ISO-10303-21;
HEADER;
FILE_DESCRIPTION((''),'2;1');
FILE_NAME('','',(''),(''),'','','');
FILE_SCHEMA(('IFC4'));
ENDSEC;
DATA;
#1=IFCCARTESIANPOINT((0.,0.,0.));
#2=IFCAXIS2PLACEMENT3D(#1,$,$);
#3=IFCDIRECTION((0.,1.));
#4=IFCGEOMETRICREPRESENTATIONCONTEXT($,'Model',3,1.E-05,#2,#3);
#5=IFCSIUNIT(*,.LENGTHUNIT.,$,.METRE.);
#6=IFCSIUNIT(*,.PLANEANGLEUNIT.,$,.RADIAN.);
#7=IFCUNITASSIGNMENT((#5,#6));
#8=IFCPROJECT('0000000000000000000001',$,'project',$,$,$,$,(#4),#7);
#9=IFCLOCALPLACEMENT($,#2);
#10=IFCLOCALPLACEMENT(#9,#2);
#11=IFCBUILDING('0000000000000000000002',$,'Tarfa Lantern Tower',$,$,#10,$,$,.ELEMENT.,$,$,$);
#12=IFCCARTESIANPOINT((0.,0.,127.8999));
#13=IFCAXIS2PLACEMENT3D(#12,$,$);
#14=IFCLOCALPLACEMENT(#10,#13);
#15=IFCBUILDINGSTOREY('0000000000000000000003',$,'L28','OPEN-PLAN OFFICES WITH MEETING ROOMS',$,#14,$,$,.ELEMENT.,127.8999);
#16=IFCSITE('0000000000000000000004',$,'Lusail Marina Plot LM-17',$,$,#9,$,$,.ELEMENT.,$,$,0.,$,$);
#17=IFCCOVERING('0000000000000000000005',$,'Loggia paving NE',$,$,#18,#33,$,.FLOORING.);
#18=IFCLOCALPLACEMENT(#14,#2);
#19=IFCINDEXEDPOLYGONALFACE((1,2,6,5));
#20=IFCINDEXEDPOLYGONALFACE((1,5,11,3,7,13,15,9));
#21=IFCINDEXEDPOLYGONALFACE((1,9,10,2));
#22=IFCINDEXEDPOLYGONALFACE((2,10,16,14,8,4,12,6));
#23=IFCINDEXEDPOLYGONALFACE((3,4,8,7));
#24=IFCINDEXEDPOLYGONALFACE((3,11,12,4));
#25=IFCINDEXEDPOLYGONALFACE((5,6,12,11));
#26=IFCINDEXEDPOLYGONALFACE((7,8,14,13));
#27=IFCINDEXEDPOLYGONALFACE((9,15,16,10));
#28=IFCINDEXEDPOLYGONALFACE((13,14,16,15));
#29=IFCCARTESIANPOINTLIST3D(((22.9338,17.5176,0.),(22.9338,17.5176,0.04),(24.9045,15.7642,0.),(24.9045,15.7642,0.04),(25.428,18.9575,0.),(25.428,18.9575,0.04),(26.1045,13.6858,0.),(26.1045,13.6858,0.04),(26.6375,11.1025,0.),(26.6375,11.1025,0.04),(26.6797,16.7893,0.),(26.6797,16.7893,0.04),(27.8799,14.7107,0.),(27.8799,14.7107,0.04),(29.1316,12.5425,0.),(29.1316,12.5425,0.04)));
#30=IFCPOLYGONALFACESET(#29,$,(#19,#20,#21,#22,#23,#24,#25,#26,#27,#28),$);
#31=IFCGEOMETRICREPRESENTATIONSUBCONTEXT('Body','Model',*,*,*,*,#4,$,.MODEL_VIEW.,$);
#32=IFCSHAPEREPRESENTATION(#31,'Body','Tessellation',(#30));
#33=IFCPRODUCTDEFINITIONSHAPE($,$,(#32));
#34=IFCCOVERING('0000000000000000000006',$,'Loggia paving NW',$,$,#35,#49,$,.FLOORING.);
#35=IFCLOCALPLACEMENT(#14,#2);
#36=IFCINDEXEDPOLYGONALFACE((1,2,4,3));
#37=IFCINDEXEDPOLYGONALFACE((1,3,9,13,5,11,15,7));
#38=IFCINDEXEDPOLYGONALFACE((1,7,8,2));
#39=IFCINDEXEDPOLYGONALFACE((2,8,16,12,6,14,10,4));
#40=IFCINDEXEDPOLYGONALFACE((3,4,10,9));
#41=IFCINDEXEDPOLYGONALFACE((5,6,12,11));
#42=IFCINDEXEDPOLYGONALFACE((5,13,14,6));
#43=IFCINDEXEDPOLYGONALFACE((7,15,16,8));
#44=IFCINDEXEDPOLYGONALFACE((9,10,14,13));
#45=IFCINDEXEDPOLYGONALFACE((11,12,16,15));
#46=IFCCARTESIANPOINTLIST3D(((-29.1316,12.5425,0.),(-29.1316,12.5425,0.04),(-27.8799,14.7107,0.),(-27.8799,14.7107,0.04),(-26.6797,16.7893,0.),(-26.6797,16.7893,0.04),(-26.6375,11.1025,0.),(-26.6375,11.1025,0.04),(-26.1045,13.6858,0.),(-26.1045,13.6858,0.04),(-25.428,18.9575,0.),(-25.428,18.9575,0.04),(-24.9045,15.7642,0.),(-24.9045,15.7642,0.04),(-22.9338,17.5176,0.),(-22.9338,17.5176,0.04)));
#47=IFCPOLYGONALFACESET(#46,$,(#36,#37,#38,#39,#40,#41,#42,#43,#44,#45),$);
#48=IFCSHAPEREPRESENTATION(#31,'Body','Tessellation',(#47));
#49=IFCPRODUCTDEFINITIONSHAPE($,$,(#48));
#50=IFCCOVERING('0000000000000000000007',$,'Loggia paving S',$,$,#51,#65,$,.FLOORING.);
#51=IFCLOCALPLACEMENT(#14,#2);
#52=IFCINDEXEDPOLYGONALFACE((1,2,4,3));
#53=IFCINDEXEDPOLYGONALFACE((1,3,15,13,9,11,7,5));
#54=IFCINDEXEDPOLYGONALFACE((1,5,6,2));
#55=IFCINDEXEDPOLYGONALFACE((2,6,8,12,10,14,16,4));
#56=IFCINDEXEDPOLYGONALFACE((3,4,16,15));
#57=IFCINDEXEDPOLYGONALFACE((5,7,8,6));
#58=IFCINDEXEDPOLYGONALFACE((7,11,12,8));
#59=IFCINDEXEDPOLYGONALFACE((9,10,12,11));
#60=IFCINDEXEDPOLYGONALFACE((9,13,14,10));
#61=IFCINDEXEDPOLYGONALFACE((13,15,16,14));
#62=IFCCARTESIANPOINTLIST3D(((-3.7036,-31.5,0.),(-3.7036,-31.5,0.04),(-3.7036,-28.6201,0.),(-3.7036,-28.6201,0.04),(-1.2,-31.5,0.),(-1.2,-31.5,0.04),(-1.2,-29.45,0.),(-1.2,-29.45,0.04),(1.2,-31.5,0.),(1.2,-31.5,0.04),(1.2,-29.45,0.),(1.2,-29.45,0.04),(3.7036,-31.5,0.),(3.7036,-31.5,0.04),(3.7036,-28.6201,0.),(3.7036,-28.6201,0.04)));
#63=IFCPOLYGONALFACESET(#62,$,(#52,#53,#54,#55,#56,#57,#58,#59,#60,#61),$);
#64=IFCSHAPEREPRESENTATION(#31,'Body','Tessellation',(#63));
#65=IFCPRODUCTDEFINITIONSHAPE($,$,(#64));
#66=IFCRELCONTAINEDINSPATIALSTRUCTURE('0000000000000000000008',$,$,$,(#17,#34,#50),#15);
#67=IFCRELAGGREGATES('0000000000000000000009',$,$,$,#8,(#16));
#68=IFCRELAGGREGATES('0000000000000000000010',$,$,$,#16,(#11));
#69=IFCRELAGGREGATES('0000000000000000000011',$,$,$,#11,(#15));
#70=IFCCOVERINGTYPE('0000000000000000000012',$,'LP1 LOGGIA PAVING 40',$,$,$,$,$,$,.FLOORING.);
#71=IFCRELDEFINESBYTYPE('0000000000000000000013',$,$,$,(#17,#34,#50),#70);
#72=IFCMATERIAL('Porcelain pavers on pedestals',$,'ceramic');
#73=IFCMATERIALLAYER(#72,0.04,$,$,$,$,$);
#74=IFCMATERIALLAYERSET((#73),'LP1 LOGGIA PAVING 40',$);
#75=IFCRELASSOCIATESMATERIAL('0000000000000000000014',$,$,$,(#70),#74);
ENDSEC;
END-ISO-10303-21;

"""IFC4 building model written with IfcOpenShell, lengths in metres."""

from ifc_helpers import new_model, si_unit, direction, frame, origin, place, context, subcontext, project, spatial, polyline, outline, extrude, material, layer, layer_set, type_object, element, save


model = new_model("IFC4")

# Units and contexts
model_context = context("Model", 3, precision=1e-05, world=origin(), true_north=direction((0.0, 1.0)))
body_context = subcontext(model_context, "Body", "Model", "MODEL_VIEW")
ifc_project = project(units=[si_unit("LENGTHUNIT", "METRE"), si_unit("PLANEANGLEUNIT", "RADIAN")], contexts=[model_context])

# Site, building, storey
site_placement = place(None, origin())
site = spatial("IfcSite", under=ifc_project, at=site_placement, Name="Lusail Marina Plot LM-17", CompositionType="ELEMENT", RefElevation=0.0)
building_placement = place(site_placement, origin())
building = spatial("IfcBuilding", under=site, at=building_placement, Name="Tarfa Lantern Tower", CompositionType="ELEMENT")
storey_placement = place(building_placement, frame((0.0, 0.0, 127.8999)))
storey = spatial("IfcBuildingStorey", under=building, at=storey_placement, Name="L28", Description="OPEN-PLAN OFFICES WITH MEETING ROOMS", CompositionType="ELEMENT", Elevation=127.8999)

# Coverings
ifc_material_1 = material(Name="Porcelain pavers on pedestals", Category="ceramic")
ifc_layer_1 = layer(ifc_material_1, 0.04)
ifc_layer_set_1 = layer_set([ifc_layer_1], Name="LP1 LOGGIA PAVING 40")
covering_type = type_object("IfcCoveringType", Name="LP1 LOGGIA PAVING 40", PredefinedType="FLOORING", material=ifc_layer_set_1)
covering_1_placement = place(storey_placement, origin())
element("IfcCovering", 1, at=covering_1_placement, inside=storey, type_object=covering_type, Name="Loggia paving NE", PredefinedType="FLOORING", context=body_context, shape_type="SweptSolid", body=[
    extrude(outline(polyline([(29.1316, 12.5425), (26.6375, 11.1025), (22.9338, 17.5176), (25.428, 18.9575), (26.6797, 16.7893), (24.9045, 15.7642), (26.1045, 13.6858), (27.8799, 14.7107), (29.1316, 12.5425)])), origin(), (0.0, 0.0, 1.0), 0.04),
])
covering_2_placement = place(storey_placement, origin())
element("IfcCovering", 2, at=covering_2_placement, inside=storey, type_object=covering_type, Name="Loggia paving NW", PredefinedType="FLOORING", context=body_context, shape_type="SweptSolid", body=[
    extrude(outline(polyline([(-25.428, 18.9575), (-22.9338, 17.5176), (-26.6375, 11.1025), (-29.1316, 12.5425), (-27.8799, 14.7107), (-26.1045, 13.6858), (-24.9045, 15.7642), (-26.6797, 16.7893), (-25.428, 18.9575)])), origin(), (0.0, 0.0, 1.0), 0.04),
])
covering_3_placement = place(storey_placement, origin())
element("IfcCovering", 3, at=covering_3_placement, inside=storey, type_object=covering_type, Name="Loggia paving S", PredefinedType="FLOORING", context=body_context, shape_type="SweptSolid", body=[
    extrude(outline(polyline([(-3.7036, -31.5), (-3.7036, -28.6201), (3.7036, -28.6201), (3.7036, -31.5), (1.2, -31.5), (1.2, -29.45), (-1.2, -29.45), (-1.2, -31.5), (-3.7036, -31.5)])), origin(), (0.0, 0.0, 1.0), 0.04),
])

save(model, "model.ifc")
